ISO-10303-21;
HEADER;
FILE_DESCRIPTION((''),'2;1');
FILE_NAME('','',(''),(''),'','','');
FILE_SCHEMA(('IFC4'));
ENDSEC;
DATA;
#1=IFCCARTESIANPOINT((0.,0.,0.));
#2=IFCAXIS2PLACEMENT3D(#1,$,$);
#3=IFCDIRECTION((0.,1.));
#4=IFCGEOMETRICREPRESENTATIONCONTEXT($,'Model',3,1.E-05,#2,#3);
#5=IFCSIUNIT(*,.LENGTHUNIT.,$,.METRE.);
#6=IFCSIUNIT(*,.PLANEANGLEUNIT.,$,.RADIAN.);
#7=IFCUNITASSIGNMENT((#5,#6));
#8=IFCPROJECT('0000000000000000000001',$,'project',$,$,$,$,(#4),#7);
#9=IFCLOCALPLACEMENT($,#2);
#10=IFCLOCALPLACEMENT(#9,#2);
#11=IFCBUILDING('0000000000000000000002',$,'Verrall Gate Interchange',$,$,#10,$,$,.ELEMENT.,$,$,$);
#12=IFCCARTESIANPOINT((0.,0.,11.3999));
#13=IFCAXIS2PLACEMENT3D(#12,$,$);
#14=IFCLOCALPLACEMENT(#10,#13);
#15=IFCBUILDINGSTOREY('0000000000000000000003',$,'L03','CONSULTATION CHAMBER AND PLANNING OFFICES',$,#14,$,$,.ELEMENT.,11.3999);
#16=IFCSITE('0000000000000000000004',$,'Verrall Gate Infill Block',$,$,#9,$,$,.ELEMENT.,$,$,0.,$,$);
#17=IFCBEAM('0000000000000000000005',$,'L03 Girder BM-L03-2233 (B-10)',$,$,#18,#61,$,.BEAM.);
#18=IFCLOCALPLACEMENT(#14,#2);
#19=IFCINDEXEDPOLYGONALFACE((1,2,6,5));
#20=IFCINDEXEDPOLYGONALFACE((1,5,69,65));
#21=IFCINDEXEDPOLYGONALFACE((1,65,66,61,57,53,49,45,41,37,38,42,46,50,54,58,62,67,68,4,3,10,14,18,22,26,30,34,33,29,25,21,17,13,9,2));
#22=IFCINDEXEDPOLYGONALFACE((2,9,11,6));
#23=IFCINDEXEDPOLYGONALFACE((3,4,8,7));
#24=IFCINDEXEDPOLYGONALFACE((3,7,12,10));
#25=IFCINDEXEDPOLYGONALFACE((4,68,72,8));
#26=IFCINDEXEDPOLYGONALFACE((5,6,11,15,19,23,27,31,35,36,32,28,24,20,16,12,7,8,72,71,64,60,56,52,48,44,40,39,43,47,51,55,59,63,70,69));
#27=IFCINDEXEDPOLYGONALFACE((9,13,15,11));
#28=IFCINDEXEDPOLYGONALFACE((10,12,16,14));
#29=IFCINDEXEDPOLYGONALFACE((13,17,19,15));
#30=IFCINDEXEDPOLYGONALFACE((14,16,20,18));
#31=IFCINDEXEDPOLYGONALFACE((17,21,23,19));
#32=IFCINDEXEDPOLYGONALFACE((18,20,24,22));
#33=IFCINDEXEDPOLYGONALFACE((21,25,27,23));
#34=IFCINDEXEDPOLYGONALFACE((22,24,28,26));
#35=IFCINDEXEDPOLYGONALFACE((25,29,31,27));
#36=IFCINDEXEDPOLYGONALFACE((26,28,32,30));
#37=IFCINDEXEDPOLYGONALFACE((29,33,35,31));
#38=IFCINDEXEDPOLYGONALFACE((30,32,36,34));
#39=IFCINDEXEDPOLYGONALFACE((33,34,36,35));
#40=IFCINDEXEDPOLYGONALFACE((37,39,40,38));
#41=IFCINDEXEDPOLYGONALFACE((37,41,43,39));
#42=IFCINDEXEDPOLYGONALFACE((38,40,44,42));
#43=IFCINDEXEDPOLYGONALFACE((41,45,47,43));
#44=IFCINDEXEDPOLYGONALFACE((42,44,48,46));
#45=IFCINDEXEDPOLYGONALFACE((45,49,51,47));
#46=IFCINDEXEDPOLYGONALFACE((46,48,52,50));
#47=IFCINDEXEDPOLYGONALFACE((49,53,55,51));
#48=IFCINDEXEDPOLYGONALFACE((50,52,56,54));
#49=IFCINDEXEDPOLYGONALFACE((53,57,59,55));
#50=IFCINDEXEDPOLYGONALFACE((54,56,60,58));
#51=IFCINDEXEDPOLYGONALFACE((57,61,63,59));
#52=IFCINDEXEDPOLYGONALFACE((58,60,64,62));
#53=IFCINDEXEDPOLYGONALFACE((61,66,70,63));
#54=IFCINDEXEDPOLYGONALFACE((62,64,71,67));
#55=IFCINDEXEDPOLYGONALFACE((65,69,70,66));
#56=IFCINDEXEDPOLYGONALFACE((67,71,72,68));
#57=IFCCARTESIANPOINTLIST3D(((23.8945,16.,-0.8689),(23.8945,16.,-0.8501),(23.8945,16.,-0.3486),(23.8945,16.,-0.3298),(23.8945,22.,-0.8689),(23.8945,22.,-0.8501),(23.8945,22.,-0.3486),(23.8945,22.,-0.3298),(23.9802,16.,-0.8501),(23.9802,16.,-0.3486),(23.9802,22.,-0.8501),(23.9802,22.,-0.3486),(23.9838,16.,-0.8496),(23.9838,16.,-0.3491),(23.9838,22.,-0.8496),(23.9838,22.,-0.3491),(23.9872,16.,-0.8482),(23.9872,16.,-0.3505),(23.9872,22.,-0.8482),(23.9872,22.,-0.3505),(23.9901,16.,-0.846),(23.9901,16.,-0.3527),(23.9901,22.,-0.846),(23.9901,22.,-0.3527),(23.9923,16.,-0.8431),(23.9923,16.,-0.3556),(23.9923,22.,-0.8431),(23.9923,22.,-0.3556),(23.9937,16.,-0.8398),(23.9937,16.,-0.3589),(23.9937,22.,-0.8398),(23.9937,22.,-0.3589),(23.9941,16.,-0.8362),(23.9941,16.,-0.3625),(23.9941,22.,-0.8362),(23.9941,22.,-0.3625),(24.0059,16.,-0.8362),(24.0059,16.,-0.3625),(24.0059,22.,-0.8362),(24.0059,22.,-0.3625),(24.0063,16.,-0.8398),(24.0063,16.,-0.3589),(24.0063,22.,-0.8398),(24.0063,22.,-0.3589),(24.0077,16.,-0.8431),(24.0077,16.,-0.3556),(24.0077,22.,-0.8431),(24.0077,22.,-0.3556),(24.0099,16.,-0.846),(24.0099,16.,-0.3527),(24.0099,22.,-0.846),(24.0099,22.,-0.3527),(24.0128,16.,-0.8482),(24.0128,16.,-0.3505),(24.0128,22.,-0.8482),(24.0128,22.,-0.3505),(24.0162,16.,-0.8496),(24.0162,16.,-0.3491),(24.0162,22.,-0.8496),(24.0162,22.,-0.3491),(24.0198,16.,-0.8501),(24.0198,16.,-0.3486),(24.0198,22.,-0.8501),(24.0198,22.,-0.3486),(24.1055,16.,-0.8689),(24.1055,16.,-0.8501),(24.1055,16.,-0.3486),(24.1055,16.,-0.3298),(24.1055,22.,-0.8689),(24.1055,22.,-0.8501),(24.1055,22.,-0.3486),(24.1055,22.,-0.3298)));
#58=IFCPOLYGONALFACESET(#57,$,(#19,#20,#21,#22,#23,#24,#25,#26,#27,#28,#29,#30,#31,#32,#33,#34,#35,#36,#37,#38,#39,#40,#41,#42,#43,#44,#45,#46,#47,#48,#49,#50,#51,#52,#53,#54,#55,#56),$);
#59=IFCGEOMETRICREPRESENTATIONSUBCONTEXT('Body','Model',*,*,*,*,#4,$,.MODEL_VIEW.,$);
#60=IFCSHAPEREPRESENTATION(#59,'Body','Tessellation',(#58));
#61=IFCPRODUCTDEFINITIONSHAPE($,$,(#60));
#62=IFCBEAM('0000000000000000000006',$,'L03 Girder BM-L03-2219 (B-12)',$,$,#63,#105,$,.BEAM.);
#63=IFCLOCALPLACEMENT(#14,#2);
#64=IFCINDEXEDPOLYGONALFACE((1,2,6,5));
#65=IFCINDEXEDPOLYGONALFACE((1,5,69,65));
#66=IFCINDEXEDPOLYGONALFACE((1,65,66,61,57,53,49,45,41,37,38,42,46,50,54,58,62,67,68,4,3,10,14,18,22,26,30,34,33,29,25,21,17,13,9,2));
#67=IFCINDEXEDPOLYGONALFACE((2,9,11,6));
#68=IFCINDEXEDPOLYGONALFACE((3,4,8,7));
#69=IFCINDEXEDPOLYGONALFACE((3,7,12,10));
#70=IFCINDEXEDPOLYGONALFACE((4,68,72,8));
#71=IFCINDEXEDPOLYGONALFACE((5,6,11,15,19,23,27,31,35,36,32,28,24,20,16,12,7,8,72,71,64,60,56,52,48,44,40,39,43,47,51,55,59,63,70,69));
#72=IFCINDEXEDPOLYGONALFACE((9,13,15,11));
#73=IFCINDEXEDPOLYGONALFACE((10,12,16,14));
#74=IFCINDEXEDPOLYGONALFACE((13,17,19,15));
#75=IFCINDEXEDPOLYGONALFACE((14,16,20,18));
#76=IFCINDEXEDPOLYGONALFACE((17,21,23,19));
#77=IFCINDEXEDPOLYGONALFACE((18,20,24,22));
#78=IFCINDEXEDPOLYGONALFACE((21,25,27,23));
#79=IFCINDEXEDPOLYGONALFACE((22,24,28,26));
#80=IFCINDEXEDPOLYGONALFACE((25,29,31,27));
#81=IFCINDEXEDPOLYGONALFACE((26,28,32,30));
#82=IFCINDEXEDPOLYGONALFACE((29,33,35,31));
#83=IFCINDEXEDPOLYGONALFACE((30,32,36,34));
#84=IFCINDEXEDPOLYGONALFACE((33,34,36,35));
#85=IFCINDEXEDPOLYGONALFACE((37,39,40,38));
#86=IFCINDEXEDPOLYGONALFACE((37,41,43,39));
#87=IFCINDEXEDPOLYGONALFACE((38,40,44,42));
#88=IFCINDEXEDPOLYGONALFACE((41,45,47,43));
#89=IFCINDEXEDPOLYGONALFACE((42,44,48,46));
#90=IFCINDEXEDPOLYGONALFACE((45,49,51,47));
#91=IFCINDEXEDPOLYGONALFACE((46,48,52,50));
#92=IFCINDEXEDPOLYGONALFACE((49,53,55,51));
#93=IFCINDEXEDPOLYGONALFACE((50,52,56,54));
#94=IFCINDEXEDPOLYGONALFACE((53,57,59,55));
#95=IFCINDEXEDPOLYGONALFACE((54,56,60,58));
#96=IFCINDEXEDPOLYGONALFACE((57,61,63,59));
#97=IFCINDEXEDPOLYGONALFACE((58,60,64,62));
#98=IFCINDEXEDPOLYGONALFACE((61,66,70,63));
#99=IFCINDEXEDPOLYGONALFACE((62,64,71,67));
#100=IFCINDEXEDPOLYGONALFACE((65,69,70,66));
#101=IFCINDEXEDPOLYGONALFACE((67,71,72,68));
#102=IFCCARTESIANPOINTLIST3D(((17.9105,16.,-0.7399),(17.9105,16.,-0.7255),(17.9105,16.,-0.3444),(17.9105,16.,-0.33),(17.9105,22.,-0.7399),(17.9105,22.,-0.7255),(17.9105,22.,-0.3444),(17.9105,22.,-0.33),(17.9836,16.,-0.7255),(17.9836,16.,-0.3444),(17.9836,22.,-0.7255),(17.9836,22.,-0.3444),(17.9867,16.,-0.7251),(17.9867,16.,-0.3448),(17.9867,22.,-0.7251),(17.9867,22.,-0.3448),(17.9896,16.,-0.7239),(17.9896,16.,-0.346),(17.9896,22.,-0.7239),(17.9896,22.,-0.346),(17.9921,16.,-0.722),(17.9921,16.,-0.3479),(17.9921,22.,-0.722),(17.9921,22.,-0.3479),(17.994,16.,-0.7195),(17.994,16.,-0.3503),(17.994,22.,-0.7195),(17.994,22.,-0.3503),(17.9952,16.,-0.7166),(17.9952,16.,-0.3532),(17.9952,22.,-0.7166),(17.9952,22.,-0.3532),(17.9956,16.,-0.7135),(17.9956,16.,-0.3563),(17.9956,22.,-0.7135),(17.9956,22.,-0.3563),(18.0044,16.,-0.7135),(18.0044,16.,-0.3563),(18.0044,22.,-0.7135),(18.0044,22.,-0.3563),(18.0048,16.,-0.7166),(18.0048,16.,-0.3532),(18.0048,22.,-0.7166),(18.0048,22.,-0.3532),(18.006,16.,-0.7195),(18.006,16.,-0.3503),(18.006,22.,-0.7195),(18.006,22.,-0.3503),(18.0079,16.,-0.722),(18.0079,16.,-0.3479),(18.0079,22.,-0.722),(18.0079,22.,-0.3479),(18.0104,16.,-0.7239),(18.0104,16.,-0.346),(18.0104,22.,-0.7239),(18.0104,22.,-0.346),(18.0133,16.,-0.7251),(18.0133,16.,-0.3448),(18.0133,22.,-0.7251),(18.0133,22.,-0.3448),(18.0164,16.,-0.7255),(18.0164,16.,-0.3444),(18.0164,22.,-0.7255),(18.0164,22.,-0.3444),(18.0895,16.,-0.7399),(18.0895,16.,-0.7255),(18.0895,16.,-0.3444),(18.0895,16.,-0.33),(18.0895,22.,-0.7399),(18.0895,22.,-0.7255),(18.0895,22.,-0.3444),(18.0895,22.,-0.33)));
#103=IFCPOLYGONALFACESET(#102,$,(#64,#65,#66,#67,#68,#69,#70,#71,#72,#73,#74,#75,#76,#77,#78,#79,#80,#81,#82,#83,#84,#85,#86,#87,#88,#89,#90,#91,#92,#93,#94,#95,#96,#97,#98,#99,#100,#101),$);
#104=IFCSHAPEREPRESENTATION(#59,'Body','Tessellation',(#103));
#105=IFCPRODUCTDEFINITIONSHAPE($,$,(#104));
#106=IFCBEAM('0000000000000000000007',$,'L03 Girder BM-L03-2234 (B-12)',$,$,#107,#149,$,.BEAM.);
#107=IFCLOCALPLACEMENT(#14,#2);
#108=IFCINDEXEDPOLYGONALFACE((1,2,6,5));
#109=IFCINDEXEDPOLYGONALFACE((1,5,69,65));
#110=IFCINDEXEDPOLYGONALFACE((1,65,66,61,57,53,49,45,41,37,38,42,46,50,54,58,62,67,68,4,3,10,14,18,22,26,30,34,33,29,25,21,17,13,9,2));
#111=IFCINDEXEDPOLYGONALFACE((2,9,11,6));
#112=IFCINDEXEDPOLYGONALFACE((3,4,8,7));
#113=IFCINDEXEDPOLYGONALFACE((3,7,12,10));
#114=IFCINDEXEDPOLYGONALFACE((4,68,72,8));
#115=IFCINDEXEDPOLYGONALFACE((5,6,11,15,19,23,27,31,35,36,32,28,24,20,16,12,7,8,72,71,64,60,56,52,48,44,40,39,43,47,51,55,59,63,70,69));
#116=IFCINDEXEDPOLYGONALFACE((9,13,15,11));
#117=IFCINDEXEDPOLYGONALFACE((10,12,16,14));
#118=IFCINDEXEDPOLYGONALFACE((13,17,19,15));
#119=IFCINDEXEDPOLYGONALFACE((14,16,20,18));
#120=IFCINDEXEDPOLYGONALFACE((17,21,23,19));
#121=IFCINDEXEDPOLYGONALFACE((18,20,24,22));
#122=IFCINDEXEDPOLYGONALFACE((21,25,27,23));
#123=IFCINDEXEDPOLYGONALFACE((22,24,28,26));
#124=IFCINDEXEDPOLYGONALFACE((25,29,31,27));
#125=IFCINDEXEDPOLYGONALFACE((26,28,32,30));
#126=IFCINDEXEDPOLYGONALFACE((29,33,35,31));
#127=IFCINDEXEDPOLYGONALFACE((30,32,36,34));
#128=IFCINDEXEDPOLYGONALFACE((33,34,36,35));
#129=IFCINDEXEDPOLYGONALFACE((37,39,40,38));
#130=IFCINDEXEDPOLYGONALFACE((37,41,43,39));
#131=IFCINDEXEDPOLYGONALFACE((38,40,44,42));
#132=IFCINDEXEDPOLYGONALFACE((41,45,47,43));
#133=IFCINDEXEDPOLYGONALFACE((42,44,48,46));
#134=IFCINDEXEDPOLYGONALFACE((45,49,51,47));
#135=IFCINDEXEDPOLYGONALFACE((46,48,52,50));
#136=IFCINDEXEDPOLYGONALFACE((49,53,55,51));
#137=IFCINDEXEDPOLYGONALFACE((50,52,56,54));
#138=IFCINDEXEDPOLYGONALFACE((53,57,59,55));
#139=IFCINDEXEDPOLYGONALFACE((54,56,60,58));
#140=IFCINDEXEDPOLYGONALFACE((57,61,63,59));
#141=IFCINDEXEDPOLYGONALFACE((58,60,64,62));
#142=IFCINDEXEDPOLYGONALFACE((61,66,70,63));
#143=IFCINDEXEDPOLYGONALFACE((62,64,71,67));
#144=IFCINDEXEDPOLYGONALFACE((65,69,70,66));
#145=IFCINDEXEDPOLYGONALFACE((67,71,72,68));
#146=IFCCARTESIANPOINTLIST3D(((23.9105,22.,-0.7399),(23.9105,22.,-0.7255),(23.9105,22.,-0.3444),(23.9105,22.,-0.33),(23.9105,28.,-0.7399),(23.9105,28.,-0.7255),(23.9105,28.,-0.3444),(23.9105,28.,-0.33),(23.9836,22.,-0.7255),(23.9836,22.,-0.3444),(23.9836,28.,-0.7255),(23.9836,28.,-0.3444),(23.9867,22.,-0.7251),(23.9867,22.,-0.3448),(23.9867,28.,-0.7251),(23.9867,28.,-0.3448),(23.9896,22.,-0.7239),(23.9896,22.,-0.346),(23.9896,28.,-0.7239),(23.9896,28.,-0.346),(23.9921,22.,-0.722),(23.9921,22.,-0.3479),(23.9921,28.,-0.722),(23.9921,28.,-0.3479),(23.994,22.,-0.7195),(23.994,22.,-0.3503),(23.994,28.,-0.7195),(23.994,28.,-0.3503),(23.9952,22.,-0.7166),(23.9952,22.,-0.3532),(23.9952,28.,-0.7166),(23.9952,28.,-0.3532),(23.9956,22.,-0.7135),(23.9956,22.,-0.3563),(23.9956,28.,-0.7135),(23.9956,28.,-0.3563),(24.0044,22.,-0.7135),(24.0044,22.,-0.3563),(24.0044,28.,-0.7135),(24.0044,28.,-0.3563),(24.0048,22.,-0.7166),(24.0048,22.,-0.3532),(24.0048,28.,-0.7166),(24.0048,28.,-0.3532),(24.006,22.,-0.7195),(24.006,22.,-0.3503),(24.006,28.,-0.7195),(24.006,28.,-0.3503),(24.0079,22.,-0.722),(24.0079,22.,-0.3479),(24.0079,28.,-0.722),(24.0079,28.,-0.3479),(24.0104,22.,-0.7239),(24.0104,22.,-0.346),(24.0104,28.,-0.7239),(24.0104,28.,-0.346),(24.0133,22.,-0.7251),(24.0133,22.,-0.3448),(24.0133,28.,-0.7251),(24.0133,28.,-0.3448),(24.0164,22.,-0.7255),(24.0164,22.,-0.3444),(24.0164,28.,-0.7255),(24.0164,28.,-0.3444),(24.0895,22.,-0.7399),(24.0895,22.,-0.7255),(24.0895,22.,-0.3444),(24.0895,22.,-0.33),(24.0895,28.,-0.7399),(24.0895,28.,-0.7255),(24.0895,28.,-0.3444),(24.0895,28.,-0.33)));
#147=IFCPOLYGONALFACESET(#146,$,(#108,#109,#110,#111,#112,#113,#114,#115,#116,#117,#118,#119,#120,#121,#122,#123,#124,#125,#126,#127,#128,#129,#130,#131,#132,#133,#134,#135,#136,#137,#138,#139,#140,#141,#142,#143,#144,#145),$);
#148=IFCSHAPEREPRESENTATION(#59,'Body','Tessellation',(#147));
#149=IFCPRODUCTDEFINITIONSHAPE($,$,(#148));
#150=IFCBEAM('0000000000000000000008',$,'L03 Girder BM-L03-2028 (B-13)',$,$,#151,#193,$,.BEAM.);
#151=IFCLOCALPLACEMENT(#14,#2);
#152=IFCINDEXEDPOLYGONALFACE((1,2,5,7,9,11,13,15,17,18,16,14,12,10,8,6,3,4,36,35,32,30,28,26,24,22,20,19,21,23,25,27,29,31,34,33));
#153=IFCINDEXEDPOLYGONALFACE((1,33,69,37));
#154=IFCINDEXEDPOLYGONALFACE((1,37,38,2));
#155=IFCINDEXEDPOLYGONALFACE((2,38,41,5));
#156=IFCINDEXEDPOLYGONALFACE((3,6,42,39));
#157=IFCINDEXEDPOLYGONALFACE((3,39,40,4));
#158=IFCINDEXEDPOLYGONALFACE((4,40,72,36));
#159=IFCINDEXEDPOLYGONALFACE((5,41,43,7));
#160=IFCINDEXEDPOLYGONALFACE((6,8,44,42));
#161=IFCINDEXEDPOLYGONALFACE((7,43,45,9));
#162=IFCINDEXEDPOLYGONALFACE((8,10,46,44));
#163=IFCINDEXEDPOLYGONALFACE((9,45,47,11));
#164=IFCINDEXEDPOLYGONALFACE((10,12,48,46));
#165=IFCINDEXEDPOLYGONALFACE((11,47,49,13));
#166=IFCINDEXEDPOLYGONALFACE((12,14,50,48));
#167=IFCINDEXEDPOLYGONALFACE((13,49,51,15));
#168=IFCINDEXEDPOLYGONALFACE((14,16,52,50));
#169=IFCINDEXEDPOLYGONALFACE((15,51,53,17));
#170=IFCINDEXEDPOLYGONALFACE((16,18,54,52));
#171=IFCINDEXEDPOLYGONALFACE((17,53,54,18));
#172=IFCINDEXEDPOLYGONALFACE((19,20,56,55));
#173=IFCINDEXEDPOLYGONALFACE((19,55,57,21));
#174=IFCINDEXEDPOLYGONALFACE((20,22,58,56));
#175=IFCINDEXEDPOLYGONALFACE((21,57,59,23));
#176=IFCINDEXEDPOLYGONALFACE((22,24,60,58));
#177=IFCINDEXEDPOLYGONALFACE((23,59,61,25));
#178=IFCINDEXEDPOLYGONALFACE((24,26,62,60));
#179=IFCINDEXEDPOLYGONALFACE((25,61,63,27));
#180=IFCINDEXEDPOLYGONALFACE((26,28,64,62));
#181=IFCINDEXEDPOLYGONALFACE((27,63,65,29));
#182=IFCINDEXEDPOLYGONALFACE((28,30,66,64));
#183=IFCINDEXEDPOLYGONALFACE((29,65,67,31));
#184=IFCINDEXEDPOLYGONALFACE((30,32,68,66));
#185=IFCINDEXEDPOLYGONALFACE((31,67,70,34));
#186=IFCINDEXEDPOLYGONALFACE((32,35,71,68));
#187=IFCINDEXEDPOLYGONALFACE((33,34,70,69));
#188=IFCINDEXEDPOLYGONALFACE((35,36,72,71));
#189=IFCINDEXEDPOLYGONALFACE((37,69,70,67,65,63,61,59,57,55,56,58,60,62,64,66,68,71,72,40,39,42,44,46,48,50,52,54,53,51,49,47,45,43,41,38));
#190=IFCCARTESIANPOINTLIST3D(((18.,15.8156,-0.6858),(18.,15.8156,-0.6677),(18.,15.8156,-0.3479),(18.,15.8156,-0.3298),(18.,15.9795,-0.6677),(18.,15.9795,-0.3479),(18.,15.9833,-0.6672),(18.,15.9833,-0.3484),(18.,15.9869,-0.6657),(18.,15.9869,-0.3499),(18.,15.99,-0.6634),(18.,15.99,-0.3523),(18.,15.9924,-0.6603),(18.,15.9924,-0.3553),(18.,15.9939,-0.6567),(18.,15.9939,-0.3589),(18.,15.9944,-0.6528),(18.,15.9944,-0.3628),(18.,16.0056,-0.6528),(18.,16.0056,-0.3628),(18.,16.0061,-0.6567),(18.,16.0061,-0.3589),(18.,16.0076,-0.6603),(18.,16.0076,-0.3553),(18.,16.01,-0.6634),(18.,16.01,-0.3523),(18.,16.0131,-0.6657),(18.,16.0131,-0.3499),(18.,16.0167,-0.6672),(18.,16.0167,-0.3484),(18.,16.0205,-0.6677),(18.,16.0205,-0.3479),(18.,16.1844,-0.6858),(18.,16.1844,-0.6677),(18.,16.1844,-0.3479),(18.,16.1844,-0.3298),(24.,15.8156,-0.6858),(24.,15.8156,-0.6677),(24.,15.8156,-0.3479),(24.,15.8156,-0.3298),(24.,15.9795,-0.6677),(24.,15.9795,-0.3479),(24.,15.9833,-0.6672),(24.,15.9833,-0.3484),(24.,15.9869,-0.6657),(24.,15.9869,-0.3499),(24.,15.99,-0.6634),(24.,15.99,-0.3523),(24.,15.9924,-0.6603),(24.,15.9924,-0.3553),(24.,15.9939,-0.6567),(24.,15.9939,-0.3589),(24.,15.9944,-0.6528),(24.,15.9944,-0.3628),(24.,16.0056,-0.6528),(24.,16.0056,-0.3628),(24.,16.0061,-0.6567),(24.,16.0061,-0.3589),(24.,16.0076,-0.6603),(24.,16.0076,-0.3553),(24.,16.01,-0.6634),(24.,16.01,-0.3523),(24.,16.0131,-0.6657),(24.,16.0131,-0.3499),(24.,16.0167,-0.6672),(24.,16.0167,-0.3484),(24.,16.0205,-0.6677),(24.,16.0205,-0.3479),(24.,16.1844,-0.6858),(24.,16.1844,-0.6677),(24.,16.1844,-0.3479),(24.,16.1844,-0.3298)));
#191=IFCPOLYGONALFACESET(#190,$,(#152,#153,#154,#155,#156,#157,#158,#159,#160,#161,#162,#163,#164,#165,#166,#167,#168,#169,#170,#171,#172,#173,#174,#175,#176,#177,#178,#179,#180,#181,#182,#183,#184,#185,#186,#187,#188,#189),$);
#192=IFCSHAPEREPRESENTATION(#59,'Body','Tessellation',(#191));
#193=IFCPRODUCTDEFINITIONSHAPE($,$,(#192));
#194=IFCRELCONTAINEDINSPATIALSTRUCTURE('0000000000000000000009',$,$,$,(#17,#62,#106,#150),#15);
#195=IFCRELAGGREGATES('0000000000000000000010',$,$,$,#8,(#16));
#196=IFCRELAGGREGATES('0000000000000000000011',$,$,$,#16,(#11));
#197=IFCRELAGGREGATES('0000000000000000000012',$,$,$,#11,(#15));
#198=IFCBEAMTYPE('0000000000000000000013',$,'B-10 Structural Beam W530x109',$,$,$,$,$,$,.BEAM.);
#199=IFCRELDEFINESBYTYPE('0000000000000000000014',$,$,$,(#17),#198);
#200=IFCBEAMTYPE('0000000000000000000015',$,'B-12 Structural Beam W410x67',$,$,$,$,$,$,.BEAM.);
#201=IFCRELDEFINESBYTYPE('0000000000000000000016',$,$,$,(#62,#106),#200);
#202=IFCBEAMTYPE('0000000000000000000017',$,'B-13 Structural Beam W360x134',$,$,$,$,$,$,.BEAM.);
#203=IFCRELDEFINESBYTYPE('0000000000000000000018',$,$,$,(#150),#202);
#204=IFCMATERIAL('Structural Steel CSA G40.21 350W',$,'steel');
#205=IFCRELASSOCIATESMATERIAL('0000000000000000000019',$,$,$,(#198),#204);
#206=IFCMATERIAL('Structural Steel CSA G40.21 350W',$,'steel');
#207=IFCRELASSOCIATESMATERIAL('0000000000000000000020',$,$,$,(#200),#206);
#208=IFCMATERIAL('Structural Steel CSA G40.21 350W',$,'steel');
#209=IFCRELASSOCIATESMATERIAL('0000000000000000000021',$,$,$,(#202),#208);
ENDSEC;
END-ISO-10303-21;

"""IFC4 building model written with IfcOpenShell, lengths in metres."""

from ifc_helpers import new_model, si_unit, direction, frame, origin, origin_2d, place, context, subcontext, project, spatial, i_section, extrude, material, material_profile, profile_set, type_object, element, save


model = new_model("IFC4")

# Units and contexts
model_context = context("Model", 3, precision=1e-05, world=origin(), true_north=direction((0.0, 1.0)))
body_context = subcontext(model_context, "Body", "Model", "MODEL_VIEW")
ifc_project = project(units=[si_unit("LENGTHUNIT", "METRE"), si_unit("PLANEANGLEUNIT", "RADIAN")], contexts=[model_context])

# Site, building, storey
site_placement = place(None, origin())
site = spatial("IfcSite", under=ifc_project, at=site_placement, Name="Verrall Gate Infill Block", CompositionType="ELEMENT", RefElevation=0.0)
building_placement = place(site_placement, origin())
building = spatial("IfcBuilding", under=site, at=building_placement, Name="Verrall Gate Interchange", CompositionType="ELEMENT")
storey_placement = place(building_placement, frame((0.0, 0.0, 11.3999)))
storey = spatial("IfcBuildingStorey", under=building, at=storey_placement, Name="L03", Description="CONSULTATION CHAMBER AND PLANNING OFFICES", CompositionType="ELEMENT", Elevation=11.3999)

# Beams
ifc_material_1 = material(Name="Structural Steel CSA G40.21 350W", Category="steel")
ifc_material_profile_1 = material_profile(ifc_material_1, i_section(OverallWidth=0.2109, OverallDepth=0.5391, WebThickness=0.0117, FlangeThickness=0.0188, FilletRadius=0.0139, at=origin_2d()), Name="W530x109")
ifc_profile_set_1 = profile_set([ifc_material_profile_1], Name="Structural Steel CSA G40.21 350W")
beam_type_1 = type_object("IfcBeamType", Name="B-10 Structural Beam W530x109", PredefinedType="BEAM", material=ifc_profile_set_1)
for number, where, z_axis, x_axis, name in (
    (1, (24.0, 16.0, -0.5994), (0.0, 1.0, 0.0), (-1.0, 0.0, 0.0), "L03 Girder BM-L03-2233 (B-10)"),
):
    element("IfcBeam", number, at=place(storey_placement, frame(where, z_axis=z_axis, x_axis=x_axis)), inside=storey, type_object=beam_type_1, Name=name, PredefinedType="BEAM", context=body_context, shape_type="SweptSolid", body=[
        extrude(i_section(OverallWidth=0.2109, OverallDepth=0.5391, WebThickness=0.0117, FlangeThickness=0.0188, FilletRadius=0.0139, at=origin_2d()), origin(), (0.0, 0.0, 1.0), 6.0),
    ])
ifc_material_2 = material(Name="Structural Steel CSA G40.21 350W", Category="steel")
ifc_material_profile_2 = material_profile(ifc_material_2, i_section(OverallWidth=0.179, OverallDepth=0.4099, WebThickness=0.0088, FlangeThickness=0.0144, FilletRadius=0.012, at=origin_2d()), Name="W410x67")
ifc_profile_set_2 = profile_set([ifc_material_profile_2], Name="Structural Steel CSA G40.21 350W")
beam_type_2 = type_object("IfcBeamType", Name="B-12 Structural Beam W410x67", PredefinedType="BEAM", material=ifc_profile_set_2)
for number, where, z_axis, x_axis, name in (
    (2, (18.0, 16.0, -0.5349), (0.0, 1.0, 0.0), (-1.0, 0.0, 0.0), "L03 Girder BM-L03-2219 (B-12)"),
    (3, (24.0, 22.0, -0.5349), (0.0, 1.0, 0.0), (-1.0, 0.0, 0.0), "L03 Girder BM-L03-2234 (B-12)"),
):
    element("IfcBeam", number, at=place(storey_placement, frame(where, z_axis=z_axis, x_axis=x_axis)), inside=storey, type_object=beam_type_2, Name=name, PredefinedType="BEAM", context=body_context, shape_type="SweptSolid", body=[
        extrude(i_section(OverallWidth=0.179, OverallDepth=0.4099, WebThickness=0.0088, FlangeThickness=0.0144, FilletRadius=0.012, at=origin_2d()), origin(), (0.0, 0.0, 1.0), 6.0),
    ])
ifc_material_3 = material(Name="Structural Steel CSA G40.21 350W", Category="steel")
ifc_material_profile_3 = material_profile(ifc_material_3, i_section(OverallWidth=0.3689, OverallDepth=0.356, WebThickness=0.0112, FlangeThickness=0.0181, FilletRadius=0.0149, at=origin_2d()), Name="W360x134")
ifc_profile_set_3 = profile_set([ifc_material_profile_3], Name="Structural Steel CSA G40.21 350W")
beam_type_3 = type_object("IfcBeamType", Name="B-13 Structural Beam W360x134", PredefinedType="BEAM", material=ifc_profile_set_3)
beam_1_placement = place(storey_placement, frame((18.0, 16.0, -0.5078), z_axis=(1.0, 0.0, 0.0), x_axis=(0.0, 1.0, 0.0)))
element("IfcBeam", 4, at=beam_1_placement, inside=storey, type_object=beam_type_3, Name="L03 Girder BM-L03-2028 (B-13)", PredefinedType="BEAM", context=body_context, shape_type="SweptSolid", body=[
    extrude(i_section(OverallWidth=0.3689, OverallDepth=0.356, WebThickness=0.0112, FlangeThickness=0.0181, FilletRadius=0.0149, at=origin_2d()), origin(), (0.0, 0.0, 1.0), 6.0),
])

save(model, "model.ifc")
